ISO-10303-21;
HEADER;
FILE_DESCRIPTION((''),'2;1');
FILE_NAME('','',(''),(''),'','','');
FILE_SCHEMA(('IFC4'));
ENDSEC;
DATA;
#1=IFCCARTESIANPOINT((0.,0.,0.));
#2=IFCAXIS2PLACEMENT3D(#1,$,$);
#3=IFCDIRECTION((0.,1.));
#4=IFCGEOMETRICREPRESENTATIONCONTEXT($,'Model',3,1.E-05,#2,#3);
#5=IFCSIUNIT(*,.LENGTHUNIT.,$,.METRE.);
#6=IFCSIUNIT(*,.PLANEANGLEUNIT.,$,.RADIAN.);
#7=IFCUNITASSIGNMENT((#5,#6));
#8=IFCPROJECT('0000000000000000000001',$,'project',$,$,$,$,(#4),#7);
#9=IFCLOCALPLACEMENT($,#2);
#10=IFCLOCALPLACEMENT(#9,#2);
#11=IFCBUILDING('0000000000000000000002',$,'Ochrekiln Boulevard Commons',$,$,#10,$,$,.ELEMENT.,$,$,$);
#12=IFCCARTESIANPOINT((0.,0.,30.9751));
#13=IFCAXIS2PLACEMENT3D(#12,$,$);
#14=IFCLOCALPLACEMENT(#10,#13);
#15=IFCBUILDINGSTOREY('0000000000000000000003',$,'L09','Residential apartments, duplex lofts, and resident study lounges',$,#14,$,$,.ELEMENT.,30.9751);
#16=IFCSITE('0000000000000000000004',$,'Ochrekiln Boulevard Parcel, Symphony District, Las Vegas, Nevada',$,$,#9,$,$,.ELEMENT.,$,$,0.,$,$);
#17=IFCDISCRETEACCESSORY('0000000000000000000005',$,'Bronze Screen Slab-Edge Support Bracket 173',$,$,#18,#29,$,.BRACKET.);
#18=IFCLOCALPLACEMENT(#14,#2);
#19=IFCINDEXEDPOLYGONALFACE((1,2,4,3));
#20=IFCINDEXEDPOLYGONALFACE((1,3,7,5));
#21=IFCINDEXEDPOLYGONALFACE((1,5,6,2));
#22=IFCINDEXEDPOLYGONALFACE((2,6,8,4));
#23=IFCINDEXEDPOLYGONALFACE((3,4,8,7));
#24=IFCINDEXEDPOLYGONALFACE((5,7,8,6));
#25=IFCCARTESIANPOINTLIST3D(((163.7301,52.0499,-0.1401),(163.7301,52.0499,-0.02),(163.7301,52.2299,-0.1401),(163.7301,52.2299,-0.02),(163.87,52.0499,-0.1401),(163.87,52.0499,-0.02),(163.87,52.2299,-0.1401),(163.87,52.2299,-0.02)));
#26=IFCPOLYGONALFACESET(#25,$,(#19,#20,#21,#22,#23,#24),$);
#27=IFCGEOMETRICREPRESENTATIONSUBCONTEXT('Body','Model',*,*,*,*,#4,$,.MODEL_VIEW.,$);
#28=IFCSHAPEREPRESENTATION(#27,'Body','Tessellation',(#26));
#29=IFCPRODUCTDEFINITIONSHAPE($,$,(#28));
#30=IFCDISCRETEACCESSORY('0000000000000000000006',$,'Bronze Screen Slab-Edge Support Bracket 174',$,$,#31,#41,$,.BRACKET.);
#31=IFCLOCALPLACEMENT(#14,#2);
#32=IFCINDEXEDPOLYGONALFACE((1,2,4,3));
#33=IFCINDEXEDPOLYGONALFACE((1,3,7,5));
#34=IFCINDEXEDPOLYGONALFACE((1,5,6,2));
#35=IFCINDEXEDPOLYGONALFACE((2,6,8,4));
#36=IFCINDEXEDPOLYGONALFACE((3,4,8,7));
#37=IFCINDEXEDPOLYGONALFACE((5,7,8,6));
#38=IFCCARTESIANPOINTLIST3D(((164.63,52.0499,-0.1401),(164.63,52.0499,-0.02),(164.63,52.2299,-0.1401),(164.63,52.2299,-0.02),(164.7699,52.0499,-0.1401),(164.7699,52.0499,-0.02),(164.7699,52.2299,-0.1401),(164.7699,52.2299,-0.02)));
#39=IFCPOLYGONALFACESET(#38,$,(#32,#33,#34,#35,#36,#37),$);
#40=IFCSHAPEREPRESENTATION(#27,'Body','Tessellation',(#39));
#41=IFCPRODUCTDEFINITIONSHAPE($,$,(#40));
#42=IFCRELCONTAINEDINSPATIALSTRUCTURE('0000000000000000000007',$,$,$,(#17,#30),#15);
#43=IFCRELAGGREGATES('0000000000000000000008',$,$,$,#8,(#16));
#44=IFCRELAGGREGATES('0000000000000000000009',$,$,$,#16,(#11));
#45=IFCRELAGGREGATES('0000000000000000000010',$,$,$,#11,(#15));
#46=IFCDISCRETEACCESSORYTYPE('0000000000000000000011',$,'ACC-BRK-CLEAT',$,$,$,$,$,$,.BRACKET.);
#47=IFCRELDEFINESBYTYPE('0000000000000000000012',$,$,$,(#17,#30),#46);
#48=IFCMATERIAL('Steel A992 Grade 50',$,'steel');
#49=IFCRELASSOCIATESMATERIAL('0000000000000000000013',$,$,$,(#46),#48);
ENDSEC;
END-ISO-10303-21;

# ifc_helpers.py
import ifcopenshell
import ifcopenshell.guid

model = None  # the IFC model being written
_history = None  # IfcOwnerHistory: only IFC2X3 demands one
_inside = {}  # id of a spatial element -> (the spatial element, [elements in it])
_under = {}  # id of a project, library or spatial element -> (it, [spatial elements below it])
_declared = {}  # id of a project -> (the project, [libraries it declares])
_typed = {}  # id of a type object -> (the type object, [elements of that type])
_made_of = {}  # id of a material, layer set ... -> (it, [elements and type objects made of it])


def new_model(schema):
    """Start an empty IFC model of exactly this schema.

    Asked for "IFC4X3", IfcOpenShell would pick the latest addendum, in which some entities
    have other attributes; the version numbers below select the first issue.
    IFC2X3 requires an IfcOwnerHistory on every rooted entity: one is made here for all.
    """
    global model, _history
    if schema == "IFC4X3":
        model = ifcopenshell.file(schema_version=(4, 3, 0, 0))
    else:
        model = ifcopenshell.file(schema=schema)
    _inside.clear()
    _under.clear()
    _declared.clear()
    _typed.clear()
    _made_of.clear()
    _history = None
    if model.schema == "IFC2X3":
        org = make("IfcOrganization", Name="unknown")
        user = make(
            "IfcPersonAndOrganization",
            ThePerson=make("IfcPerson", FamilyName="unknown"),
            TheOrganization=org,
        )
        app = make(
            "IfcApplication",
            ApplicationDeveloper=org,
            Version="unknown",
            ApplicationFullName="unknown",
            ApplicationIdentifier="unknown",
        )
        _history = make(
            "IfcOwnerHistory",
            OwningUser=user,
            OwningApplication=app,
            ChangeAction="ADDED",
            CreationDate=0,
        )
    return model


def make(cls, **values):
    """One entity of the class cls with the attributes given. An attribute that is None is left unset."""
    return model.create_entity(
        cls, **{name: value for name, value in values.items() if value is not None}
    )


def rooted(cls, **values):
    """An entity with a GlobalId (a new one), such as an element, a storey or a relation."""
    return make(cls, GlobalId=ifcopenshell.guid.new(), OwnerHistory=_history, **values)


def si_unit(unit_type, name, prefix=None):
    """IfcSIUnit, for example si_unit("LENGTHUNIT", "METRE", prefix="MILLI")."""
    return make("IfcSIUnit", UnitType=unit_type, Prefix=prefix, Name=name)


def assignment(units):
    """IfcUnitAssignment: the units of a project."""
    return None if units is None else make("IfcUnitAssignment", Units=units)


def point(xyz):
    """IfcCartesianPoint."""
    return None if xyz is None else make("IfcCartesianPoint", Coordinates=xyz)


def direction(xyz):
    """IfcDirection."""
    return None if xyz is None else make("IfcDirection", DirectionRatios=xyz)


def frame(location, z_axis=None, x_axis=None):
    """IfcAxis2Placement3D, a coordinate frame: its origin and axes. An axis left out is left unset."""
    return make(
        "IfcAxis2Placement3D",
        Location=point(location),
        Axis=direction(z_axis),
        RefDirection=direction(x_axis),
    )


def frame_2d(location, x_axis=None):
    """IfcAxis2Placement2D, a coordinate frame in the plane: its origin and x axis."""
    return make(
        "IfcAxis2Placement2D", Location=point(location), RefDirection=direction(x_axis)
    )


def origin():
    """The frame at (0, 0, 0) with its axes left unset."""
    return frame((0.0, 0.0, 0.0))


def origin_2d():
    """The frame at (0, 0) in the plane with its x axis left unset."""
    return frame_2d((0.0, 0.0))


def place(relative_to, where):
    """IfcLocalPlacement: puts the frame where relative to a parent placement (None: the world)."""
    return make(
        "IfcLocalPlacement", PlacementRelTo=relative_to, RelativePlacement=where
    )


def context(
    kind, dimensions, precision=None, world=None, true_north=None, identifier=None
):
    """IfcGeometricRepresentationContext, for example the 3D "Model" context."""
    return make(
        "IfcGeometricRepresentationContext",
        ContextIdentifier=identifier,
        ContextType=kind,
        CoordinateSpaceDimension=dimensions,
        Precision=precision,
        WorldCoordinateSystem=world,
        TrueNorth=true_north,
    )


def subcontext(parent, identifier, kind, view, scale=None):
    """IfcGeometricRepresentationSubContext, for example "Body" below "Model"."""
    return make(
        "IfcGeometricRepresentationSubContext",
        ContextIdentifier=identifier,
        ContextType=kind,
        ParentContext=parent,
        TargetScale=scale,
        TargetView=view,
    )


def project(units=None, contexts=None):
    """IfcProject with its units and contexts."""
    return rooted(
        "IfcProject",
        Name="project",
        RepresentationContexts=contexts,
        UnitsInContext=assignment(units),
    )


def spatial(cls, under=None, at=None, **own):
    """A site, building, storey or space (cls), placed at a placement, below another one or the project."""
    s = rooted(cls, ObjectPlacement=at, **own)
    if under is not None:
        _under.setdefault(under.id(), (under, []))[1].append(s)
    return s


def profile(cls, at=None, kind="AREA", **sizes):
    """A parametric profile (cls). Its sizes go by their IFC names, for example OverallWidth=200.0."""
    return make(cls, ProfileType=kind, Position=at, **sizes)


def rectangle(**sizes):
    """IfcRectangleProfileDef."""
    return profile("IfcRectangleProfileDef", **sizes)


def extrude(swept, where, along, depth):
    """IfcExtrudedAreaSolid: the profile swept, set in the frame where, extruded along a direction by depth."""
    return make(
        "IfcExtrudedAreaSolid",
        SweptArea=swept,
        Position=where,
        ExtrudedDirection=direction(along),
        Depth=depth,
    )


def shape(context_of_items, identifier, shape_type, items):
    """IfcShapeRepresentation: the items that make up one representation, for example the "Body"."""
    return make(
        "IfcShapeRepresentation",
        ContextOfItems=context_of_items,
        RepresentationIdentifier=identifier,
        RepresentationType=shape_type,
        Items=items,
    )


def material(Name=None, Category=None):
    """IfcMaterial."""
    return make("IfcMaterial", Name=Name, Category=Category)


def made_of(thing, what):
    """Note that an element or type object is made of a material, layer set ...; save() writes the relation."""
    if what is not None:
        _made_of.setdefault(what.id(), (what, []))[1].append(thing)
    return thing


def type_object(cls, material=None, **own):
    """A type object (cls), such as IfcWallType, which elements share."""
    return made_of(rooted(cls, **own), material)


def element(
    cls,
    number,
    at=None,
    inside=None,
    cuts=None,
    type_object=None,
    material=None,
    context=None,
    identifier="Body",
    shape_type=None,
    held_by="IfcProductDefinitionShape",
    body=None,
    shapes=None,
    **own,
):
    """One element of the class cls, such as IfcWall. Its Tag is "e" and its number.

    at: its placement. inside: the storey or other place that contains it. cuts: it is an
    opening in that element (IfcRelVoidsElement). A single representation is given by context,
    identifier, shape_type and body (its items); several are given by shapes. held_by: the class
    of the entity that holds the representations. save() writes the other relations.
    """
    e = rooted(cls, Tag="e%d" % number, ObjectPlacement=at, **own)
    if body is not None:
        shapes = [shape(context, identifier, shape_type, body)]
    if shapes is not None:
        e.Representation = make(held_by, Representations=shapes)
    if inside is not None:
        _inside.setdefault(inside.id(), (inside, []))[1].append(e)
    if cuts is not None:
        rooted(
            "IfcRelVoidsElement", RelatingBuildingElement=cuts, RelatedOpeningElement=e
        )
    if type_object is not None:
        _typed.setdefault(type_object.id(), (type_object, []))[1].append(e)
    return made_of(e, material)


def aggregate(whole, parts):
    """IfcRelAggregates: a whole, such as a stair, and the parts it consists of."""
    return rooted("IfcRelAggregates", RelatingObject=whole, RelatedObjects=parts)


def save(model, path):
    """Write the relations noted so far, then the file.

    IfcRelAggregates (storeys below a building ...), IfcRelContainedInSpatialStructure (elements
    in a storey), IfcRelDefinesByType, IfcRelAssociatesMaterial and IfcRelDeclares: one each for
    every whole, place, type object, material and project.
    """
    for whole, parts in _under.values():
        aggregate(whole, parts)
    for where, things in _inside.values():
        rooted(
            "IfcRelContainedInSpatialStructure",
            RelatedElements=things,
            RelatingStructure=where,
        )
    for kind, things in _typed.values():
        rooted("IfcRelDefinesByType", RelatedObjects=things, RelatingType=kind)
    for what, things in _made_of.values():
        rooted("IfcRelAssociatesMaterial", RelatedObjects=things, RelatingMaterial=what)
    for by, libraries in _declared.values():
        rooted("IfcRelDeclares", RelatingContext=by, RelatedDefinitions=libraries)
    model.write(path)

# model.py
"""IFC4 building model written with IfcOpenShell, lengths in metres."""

from ifc_helpers import new_model, si_unit, direction, frame, origin, origin_2d, place, context, subcontext, project, spatial, rectangle, extrude, material, type_object, element, save


model = new_model("IFC4")

# Units and contexts
model_context = context("Model", 3, precision=1e-05, world=origin(), true_north=direction((0.0, 1.0)))
body_context = subcontext(model_context, "Body", "Model", "MODEL_VIEW")
ifc_project = project(units=[si_unit("LENGTHUNIT", "METRE"), si_unit("PLANEANGLEUNIT", "RADIAN")], contexts=[model_context])

# Site, building, storey
site_placement = place(None, origin())
site = spatial("IfcSite", under=ifc_project, at=site_placement, Name="Ochrekiln Boulevard Parcel, Symphony District, Las Vegas, Nevada", CompositionType="ELEMENT", RefElevation=0.0)
building_placement = place(site_placement, origin())
building = spatial("IfcBuilding", under=site, at=building_placement, Name="Ochrekiln Boulevard Commons", CompositionType="ELEMENT")
storey_placement = place(building_placement, frame((0.0, 0.0, 30.9751)))
storey = spatial("IfcBuildingStorey", under=building, at=storey_placement, Name="L09", Description="Residential apartments, duplex lofts, and resident study lounges", CompositionType="ELEMENT", Elevation=30.9751)

# Discrete accessories
ifc_material_1 = material(Name="Steel A992 Grade 50", Category="steel")
discrete_accessory_type = type_object("IfcDiscreteAccessoryType", Name="ACC-BRK-CLEAT", PredefinedType="BRACKET", material=ifc_material_1)
for number, where, z_axis, x_axis, name in (
    (1, (163.8, 52.1399, -0.1401), (0.0, 0.0, 1.0), (1.0, 0.0, 0.0), "Bronze Screen Slab-Edge Support Bracket 173"),
    (2, (164.7, 52.1399, -0.1401), (0.0, 0.0, 1.0), (1.0, 0.0, 0.0), "Bronze Screen Slab-Edge Support Bracket 174"),
):
    element("IfcDiscreteAccessory", number, at=place(storey_placement, frame(where, z_axis=z_axis, x_axis=x_axis)), inside=storey, type_object=discrete_accessory_type, Name=name, PredefinedType="BRACKET", context=body_context, shape_type="SweptSolid", body=[
        extrude(rectangle(XDim=0.1399, YDim=0.1799, at=origin_2d()), origin(), (0.0, 0.0, 1.0), 0.1201),
    ])

save(model, "model.ifc")
